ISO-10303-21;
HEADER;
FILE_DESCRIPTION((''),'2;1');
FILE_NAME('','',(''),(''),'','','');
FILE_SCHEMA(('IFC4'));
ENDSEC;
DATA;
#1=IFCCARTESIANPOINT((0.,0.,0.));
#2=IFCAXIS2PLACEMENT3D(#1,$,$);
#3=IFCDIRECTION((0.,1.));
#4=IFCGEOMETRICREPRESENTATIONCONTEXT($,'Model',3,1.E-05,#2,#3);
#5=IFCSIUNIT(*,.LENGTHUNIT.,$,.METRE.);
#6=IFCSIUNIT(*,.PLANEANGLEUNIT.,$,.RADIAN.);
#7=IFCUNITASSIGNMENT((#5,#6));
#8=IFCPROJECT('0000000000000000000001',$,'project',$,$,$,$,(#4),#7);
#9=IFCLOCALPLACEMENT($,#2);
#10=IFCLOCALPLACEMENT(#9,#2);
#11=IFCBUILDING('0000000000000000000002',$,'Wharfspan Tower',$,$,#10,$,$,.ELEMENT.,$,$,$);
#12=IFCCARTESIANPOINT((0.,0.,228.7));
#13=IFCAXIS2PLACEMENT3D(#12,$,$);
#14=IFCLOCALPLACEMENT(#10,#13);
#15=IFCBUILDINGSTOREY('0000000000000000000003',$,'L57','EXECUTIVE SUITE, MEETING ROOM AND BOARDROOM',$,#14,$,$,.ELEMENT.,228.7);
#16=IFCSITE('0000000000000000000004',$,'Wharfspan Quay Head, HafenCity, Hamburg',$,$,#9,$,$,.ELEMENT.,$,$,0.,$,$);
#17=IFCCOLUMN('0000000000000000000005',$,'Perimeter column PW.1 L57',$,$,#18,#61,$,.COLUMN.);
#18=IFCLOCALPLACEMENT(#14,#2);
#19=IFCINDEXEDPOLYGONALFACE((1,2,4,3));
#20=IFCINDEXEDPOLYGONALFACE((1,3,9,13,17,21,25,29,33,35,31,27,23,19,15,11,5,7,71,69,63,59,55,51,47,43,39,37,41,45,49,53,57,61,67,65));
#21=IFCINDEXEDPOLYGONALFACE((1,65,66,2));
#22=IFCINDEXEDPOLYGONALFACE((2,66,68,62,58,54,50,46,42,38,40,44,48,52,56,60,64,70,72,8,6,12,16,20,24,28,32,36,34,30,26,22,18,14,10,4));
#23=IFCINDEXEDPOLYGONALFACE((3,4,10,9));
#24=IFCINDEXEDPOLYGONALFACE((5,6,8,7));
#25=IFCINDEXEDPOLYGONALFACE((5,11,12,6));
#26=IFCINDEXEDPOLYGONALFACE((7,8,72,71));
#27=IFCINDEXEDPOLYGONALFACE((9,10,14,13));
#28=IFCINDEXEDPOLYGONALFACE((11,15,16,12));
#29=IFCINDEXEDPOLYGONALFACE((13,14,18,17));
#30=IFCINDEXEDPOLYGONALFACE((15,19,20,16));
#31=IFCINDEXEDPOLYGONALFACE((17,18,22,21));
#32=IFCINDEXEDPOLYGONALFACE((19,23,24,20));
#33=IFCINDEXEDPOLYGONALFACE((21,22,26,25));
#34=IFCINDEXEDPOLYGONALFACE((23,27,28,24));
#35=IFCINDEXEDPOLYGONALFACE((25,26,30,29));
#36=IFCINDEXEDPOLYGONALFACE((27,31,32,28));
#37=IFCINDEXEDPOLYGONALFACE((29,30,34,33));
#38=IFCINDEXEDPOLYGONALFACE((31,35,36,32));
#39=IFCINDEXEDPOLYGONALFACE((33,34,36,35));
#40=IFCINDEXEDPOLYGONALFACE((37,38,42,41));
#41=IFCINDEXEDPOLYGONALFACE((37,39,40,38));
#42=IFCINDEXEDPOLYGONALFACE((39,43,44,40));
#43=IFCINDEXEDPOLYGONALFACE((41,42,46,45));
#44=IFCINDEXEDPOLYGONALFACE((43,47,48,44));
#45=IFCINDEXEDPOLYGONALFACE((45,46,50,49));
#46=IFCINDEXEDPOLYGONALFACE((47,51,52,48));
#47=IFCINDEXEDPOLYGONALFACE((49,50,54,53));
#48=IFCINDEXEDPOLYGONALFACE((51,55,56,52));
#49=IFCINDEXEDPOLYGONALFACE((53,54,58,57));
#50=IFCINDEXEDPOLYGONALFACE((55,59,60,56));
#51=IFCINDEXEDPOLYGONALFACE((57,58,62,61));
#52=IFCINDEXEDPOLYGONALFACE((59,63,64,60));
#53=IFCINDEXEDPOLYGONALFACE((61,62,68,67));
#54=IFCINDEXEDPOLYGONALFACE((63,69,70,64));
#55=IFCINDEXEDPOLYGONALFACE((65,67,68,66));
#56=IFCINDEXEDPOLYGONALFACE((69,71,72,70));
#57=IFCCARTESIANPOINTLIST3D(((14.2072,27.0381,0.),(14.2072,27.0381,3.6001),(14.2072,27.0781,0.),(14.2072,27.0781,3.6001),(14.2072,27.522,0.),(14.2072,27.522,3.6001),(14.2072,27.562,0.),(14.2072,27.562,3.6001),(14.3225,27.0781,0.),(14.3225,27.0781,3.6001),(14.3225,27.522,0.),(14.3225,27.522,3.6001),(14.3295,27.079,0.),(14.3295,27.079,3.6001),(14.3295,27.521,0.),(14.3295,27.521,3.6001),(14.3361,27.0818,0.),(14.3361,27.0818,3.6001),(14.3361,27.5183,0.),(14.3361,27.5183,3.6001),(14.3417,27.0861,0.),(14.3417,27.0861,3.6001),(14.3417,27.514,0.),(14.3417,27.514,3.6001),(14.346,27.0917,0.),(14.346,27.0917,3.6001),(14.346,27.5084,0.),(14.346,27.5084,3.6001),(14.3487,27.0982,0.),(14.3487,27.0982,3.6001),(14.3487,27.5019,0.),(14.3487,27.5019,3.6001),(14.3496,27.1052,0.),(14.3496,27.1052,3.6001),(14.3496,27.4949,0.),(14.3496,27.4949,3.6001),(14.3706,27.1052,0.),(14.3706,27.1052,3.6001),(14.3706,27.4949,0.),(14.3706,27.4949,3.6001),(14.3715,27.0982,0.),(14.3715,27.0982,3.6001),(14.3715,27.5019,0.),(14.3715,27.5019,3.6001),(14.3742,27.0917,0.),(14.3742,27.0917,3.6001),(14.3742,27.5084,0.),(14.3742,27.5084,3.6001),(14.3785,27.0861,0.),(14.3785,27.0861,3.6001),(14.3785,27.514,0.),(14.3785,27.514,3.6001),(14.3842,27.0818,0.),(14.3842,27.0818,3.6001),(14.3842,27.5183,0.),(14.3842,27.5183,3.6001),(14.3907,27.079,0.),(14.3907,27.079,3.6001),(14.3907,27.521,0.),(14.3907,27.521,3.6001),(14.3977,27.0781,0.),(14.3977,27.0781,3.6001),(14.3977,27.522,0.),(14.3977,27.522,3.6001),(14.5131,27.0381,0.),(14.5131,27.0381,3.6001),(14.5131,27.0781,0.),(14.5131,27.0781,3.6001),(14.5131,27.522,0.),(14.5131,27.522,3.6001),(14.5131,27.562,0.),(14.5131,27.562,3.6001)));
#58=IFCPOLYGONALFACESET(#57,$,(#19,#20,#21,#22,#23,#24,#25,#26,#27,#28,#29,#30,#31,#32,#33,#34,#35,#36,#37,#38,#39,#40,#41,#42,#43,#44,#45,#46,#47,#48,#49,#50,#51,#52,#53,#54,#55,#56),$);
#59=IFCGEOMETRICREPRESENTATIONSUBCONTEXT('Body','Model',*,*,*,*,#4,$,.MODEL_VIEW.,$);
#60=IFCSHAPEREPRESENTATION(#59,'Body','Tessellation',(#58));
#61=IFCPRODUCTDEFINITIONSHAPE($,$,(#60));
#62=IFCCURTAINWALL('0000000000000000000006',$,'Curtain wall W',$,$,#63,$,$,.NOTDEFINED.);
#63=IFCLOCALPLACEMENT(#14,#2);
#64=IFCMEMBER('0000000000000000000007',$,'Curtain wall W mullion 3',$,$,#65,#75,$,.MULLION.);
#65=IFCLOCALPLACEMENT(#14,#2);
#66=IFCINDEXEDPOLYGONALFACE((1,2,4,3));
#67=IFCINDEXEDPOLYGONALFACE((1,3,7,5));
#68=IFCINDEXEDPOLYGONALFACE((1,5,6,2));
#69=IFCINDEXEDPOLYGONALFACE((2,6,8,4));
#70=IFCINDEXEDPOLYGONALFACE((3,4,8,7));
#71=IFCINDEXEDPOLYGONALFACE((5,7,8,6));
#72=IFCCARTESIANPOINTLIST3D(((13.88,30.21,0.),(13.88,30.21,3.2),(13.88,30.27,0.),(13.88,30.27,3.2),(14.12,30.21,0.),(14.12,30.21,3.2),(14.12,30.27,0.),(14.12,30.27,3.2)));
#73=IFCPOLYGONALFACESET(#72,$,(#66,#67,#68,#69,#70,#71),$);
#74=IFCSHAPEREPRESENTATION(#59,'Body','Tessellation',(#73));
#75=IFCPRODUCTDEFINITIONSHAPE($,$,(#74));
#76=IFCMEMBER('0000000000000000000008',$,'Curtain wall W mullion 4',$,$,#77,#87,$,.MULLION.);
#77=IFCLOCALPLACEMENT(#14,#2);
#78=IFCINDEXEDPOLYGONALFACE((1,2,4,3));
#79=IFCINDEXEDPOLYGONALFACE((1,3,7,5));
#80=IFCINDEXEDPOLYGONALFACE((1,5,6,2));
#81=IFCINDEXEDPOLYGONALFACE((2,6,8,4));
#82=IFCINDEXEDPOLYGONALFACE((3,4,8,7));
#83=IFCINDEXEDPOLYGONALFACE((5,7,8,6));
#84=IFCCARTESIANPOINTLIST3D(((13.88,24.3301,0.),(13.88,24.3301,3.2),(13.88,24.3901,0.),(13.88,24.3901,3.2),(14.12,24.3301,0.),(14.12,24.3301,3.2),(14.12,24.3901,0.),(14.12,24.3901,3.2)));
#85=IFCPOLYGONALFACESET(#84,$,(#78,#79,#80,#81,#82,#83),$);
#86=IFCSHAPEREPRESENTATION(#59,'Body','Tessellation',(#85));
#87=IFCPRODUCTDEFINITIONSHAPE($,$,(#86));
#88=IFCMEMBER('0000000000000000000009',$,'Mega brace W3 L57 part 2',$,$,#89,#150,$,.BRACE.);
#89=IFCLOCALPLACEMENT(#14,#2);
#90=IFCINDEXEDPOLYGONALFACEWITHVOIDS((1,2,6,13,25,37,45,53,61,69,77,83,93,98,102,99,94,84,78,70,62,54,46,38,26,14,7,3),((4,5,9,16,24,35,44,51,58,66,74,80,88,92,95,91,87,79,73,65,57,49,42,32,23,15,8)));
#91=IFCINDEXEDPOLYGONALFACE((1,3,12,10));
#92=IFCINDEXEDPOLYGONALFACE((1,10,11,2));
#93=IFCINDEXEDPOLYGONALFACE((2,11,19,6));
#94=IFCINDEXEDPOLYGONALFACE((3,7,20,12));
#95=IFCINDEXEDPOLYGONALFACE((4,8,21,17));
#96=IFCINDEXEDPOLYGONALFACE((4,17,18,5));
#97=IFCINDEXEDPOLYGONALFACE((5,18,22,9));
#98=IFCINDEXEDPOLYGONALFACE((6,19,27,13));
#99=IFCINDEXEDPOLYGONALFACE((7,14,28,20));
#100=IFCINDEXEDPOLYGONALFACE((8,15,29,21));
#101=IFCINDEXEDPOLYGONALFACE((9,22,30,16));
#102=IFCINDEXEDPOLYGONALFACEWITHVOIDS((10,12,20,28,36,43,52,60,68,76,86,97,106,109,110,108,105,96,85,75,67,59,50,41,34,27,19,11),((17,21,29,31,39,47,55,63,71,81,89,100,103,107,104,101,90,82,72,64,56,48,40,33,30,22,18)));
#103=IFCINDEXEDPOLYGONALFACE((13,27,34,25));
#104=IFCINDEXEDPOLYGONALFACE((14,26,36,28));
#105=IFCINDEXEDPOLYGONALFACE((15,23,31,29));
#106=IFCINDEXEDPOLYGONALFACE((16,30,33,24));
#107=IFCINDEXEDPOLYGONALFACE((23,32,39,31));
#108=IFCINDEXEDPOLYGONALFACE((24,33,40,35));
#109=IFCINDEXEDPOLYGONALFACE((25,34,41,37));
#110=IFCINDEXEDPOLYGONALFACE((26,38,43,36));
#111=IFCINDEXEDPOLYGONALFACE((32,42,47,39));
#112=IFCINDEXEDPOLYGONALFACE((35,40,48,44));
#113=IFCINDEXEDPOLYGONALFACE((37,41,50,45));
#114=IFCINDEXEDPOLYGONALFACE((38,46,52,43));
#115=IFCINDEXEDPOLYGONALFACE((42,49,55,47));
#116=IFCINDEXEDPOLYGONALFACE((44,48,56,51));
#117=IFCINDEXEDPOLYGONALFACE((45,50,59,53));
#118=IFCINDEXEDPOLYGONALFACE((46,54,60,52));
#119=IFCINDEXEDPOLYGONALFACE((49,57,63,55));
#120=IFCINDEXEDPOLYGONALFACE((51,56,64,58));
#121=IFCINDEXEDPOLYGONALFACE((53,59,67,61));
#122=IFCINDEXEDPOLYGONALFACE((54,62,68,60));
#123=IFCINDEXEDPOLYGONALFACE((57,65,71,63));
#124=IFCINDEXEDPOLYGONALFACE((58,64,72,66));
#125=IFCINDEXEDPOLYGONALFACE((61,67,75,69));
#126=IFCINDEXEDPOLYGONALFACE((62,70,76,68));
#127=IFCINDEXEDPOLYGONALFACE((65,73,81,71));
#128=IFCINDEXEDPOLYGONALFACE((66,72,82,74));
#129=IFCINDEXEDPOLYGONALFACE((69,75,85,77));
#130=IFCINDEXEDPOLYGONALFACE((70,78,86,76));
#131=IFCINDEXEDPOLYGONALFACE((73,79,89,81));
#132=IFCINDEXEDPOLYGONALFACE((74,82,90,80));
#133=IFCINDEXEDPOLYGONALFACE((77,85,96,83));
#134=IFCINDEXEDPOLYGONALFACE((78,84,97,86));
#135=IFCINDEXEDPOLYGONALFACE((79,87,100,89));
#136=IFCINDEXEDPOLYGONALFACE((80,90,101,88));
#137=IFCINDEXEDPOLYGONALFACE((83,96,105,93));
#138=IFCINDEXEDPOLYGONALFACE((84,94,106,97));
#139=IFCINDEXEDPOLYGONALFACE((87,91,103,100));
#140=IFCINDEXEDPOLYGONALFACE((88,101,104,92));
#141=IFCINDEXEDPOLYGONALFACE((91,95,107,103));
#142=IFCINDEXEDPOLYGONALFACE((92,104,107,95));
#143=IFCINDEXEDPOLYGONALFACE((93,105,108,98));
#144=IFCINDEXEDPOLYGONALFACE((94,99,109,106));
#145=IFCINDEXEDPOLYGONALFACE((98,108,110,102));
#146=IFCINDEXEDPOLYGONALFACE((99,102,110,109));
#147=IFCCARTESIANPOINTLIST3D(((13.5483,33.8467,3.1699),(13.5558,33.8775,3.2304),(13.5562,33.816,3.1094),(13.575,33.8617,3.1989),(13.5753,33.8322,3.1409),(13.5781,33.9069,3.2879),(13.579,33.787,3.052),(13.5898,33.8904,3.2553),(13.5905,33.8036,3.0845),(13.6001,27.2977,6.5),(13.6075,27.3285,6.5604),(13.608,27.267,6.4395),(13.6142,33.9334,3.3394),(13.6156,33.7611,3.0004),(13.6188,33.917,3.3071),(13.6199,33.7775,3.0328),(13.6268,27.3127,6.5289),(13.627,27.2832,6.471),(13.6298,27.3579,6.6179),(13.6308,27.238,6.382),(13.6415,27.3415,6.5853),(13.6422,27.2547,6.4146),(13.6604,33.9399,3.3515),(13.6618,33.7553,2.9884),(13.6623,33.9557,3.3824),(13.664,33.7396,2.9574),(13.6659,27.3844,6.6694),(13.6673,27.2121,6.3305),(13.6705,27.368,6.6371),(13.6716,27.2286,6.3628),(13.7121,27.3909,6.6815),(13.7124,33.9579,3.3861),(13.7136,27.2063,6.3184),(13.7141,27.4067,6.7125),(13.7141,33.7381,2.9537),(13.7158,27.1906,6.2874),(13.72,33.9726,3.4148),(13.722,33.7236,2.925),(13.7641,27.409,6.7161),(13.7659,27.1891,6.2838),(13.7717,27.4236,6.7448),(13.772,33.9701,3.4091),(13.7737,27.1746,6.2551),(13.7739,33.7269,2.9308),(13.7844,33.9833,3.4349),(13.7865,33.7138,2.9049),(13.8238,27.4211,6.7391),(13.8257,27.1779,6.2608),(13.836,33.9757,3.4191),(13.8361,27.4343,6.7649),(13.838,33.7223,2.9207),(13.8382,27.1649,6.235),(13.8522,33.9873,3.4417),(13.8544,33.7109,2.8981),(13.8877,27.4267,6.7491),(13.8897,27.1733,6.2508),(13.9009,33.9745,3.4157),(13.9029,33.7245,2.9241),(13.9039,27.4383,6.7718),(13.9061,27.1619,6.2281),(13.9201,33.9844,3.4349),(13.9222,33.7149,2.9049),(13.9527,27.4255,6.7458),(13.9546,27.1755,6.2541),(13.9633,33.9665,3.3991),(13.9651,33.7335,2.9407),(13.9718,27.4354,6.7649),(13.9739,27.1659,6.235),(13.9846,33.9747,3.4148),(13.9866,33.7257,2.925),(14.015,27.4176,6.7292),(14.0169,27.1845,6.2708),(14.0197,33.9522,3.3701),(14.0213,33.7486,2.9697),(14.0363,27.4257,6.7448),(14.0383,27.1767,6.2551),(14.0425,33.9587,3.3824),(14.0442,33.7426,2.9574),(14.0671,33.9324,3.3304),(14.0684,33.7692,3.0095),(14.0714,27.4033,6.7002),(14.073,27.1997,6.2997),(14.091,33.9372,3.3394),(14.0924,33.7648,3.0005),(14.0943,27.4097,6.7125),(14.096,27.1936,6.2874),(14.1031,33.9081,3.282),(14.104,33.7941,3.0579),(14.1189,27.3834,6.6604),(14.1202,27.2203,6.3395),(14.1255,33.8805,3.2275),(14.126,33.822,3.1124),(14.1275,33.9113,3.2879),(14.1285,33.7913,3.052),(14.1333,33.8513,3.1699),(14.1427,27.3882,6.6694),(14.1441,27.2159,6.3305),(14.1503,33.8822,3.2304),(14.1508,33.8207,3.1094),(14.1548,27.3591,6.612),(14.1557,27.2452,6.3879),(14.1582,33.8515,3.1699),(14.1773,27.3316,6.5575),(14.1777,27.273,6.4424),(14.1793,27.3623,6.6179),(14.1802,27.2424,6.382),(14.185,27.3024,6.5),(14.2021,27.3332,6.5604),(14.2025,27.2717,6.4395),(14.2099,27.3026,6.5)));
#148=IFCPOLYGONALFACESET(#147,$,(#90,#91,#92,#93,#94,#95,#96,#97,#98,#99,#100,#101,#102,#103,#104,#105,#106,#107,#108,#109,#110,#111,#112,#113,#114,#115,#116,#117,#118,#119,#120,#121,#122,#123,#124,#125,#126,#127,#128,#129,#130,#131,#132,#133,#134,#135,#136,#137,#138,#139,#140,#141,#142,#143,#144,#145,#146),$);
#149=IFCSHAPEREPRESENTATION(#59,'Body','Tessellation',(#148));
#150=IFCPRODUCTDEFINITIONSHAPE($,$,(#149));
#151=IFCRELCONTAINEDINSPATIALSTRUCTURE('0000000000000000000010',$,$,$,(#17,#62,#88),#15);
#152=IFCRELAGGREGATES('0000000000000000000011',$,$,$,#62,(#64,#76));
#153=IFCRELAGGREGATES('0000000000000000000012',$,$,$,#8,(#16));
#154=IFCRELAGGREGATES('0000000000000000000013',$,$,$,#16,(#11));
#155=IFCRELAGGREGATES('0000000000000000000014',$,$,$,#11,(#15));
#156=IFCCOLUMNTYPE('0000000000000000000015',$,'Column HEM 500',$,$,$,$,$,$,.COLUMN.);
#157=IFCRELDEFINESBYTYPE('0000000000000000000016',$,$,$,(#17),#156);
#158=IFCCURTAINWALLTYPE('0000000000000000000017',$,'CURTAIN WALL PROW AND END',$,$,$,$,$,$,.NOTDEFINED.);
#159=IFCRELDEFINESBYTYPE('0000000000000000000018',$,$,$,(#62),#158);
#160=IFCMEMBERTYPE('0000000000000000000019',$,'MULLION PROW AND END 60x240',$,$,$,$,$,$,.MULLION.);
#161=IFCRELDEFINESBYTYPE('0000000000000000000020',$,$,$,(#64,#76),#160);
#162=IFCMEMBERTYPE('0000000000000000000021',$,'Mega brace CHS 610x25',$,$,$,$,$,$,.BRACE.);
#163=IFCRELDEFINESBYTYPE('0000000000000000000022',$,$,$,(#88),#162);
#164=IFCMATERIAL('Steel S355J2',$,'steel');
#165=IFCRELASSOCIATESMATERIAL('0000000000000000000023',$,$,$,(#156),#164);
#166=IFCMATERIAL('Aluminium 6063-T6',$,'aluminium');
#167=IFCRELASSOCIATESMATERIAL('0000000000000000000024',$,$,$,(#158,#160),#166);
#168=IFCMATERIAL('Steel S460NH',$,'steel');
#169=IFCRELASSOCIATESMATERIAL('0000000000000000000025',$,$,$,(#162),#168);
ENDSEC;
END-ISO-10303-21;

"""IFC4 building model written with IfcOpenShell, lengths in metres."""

from ifc_helpers import new_model, si_unit, direction, frame, origin, origin_2d, place, context, subcontext, project, spatial, rectangle, hollow_circle, i_section, extrude, material, material_profile, profile_set, type_object, element, aggregate, save


model = new_model("IFC4")

# Units and contexts
model_context = context("Model", 3, precision=1e-05, world=origin(), true_north=direction((0.0, 1.0)))
body_context = subcontext(model_context, "Body", "Model", "MODEL_VIEW")
ifc_project = project(units=[si_unit("LENGTHUNIT", "METRE"), si_unit("PLANEANGLEUNIT", "RADIAN")], contexts=[model_context])

# Site, building, storey
site_placement = place(None, origin())
site = spatial("IfcSite", under=ifc_project, at=site_placement, Name="Wharfspan Quay Head, HafenCity, Hamburg", CompositionType="ELEMENT", RefElevation=0.0)
building_placement = place(site_placement, origin())
building = spatial("IfcBuilding", under=site, at=building_placement, Name="Wharfspan Tower", CompositionType="ELEMENT")
storey_placement = place(building_placement, frame((0.0, 0.0, 228.7)))
storey = spatial("IfcBuildingStorey", under=building, at=storey_placement, Name="L57", Description="EXECUTIVE SUITE, MEETING ROOM AND BOARDROOM", CompositionType="ELEMENT", Elevation=228.7)

# Column
ifc_material_1 = material(Name="Steel S355J2", Category="steel")
ifc_material_profile_1 = material_profile(ifc_material_1, i_section(OverallWidth=0.3059, OverallDepth=0.5239, WebThickness=0.021, FlangeThickness=0.04, FilletRadius=0.0271, at=origin_2d()))
ifc_profile_set_1 = profile_set([ifc_material_profile_1], Name="Steel S355J2")
column_type = type_object("IfcColumnType", Name="Column HEM 500", PredefinedType="COLUMN", material=ifc_profile_set_1)
column_placement = place(storey_placement, frame((14.3601, 27.3, 0.0), z_axis=(0.0, 0.0, 1.0), x_axis=(-1.0, 0.0, 0.0)))
element("IfcColumn", 1, at=column_placement, inside=storey, type_object=column_type, Name="Perimeter column PW.1 L57", PredefinedType="COLUMN", context=body_context, shape_type="SweptSolid", body=[
    extrude(i_section(OverallWidth=0.3059, OverallDepth=0.5239, WebThickness=0.021, FlangeThickness=0.04, FilletRadius=0.0271, at=origin_2d()), origin(), (0.0, 0.0, 1.0), 3.6001),
])

# Curtain wall, members
ifc_material_2 = material(Name="Aluminium 6063-T6", Category="aluminium")
curtain_wall_type = type_object("IfcCurtainWallType", Name="CURTAIN WALL PROW AND END", PredefinedType="NOTDEFINED", material=ifc_material_2)
curtain_wall_placement = place(storey_placement, origin())
curtain_wall = element("IfcCurtainWall", 2, at=curtain_wall_placement, inside=storey, type_object=curtain_wall_type, Name="Curtain wall W", PredefinedType="NOTDEFINED")
ifc_material_profile_2 = material_profile(ifc_material_2, rectangle(XDim=0.24, YDim=0.0601, at=origin_2d()))
ifc_profile_set_2 = profile_set([ifc_material_profile_2], Name="Aluminium 6063-T6")
member_type_1 = type_object("IfcMemberType", Name="MULLION PROW AND END 60x240", PredefinedType="MULLION", material=ifc_profile_set_2)
member_1_placement = place(storey_placement, frame((14.0, 30.24, 0.0), z_axis=(0.0, 0.0, 1.0), x_axis=(1.0, 0.0, 0.0)))
member_1 = element("IfcMember", 3, at=member_1_placement, type_object=member_type_1, Name="Curtain wall W mullion 3", PredefinedType="MULLION", context=body_context, shape_type="SweptSolid", body=[
    extrude(rectangle(XDim=0.24, YDim=0.0601, at=origin_2d()), origin(), (0.0, 0.0, 1.0), 3.2),
])
member_2_placement = place(storey_placement, frame((14.0, 24.3601, 0.0), z_axis=(0.0, 0.0, 1.0), x_axis=(1.0, 0.0, 0.0)))
member_2 = element("IfcMember", 4, at=member_2_placement, type_object=member_type_1, Name="Curtain wall W mullion 4", PredefinedType="MULLION", context=body_context, shape_type="SweptSolid", body=[
    extrude(rectangle(XDim=0.24, YDim=0.0601, at=origin_2d()), origin(), (0.0, 0.0, 1.0), 3.2),
])

# Member
ifc_material_3 = material(Name="Steel S460NH", Category="steel")
ifc_material_profile_3 = material_profile(ifc_material_3, hollow_circle(Radius=0.3049, WallThickness=0.0249, at=origin_2d()))
ifc_profile_set_3 = profile_set([ifc_material_profile_3], Name="Steel S460NH")
member_type_2 = type_object("IfcMemberType", Name="Mega brace CHS 610x25", PredefinedType="BRACE", material=ifc_profile_set_3)
for number, where, z_axis, x_axis, name in (
    (5, (13.8533, 33.8491, 3.1699), (0.007044, -0.891361, 0.45324), (0.999973, 0.007904, 0.000003), "Mega brace W3 L57 part 2"),
):
    element("IfcMember", number, at=place(storey_placement, frame(where, z_axis=z_axis, x_axis=x_axis)), inside=storey, type_object=member_type_2, Name=name, PredefinedType="BRACE", context=body_context, shape_type="SweptSolid", body=[
        extrude(hollow_circle(Radius=0.3049, WallThickness=0.0249, at=origin_2d()), origin(), (0.0, 0.0, 1.0), 7.3472),
    ])

aggregate(curtain_wall, [member_1, member_2])

save(model, "model.ifc")
